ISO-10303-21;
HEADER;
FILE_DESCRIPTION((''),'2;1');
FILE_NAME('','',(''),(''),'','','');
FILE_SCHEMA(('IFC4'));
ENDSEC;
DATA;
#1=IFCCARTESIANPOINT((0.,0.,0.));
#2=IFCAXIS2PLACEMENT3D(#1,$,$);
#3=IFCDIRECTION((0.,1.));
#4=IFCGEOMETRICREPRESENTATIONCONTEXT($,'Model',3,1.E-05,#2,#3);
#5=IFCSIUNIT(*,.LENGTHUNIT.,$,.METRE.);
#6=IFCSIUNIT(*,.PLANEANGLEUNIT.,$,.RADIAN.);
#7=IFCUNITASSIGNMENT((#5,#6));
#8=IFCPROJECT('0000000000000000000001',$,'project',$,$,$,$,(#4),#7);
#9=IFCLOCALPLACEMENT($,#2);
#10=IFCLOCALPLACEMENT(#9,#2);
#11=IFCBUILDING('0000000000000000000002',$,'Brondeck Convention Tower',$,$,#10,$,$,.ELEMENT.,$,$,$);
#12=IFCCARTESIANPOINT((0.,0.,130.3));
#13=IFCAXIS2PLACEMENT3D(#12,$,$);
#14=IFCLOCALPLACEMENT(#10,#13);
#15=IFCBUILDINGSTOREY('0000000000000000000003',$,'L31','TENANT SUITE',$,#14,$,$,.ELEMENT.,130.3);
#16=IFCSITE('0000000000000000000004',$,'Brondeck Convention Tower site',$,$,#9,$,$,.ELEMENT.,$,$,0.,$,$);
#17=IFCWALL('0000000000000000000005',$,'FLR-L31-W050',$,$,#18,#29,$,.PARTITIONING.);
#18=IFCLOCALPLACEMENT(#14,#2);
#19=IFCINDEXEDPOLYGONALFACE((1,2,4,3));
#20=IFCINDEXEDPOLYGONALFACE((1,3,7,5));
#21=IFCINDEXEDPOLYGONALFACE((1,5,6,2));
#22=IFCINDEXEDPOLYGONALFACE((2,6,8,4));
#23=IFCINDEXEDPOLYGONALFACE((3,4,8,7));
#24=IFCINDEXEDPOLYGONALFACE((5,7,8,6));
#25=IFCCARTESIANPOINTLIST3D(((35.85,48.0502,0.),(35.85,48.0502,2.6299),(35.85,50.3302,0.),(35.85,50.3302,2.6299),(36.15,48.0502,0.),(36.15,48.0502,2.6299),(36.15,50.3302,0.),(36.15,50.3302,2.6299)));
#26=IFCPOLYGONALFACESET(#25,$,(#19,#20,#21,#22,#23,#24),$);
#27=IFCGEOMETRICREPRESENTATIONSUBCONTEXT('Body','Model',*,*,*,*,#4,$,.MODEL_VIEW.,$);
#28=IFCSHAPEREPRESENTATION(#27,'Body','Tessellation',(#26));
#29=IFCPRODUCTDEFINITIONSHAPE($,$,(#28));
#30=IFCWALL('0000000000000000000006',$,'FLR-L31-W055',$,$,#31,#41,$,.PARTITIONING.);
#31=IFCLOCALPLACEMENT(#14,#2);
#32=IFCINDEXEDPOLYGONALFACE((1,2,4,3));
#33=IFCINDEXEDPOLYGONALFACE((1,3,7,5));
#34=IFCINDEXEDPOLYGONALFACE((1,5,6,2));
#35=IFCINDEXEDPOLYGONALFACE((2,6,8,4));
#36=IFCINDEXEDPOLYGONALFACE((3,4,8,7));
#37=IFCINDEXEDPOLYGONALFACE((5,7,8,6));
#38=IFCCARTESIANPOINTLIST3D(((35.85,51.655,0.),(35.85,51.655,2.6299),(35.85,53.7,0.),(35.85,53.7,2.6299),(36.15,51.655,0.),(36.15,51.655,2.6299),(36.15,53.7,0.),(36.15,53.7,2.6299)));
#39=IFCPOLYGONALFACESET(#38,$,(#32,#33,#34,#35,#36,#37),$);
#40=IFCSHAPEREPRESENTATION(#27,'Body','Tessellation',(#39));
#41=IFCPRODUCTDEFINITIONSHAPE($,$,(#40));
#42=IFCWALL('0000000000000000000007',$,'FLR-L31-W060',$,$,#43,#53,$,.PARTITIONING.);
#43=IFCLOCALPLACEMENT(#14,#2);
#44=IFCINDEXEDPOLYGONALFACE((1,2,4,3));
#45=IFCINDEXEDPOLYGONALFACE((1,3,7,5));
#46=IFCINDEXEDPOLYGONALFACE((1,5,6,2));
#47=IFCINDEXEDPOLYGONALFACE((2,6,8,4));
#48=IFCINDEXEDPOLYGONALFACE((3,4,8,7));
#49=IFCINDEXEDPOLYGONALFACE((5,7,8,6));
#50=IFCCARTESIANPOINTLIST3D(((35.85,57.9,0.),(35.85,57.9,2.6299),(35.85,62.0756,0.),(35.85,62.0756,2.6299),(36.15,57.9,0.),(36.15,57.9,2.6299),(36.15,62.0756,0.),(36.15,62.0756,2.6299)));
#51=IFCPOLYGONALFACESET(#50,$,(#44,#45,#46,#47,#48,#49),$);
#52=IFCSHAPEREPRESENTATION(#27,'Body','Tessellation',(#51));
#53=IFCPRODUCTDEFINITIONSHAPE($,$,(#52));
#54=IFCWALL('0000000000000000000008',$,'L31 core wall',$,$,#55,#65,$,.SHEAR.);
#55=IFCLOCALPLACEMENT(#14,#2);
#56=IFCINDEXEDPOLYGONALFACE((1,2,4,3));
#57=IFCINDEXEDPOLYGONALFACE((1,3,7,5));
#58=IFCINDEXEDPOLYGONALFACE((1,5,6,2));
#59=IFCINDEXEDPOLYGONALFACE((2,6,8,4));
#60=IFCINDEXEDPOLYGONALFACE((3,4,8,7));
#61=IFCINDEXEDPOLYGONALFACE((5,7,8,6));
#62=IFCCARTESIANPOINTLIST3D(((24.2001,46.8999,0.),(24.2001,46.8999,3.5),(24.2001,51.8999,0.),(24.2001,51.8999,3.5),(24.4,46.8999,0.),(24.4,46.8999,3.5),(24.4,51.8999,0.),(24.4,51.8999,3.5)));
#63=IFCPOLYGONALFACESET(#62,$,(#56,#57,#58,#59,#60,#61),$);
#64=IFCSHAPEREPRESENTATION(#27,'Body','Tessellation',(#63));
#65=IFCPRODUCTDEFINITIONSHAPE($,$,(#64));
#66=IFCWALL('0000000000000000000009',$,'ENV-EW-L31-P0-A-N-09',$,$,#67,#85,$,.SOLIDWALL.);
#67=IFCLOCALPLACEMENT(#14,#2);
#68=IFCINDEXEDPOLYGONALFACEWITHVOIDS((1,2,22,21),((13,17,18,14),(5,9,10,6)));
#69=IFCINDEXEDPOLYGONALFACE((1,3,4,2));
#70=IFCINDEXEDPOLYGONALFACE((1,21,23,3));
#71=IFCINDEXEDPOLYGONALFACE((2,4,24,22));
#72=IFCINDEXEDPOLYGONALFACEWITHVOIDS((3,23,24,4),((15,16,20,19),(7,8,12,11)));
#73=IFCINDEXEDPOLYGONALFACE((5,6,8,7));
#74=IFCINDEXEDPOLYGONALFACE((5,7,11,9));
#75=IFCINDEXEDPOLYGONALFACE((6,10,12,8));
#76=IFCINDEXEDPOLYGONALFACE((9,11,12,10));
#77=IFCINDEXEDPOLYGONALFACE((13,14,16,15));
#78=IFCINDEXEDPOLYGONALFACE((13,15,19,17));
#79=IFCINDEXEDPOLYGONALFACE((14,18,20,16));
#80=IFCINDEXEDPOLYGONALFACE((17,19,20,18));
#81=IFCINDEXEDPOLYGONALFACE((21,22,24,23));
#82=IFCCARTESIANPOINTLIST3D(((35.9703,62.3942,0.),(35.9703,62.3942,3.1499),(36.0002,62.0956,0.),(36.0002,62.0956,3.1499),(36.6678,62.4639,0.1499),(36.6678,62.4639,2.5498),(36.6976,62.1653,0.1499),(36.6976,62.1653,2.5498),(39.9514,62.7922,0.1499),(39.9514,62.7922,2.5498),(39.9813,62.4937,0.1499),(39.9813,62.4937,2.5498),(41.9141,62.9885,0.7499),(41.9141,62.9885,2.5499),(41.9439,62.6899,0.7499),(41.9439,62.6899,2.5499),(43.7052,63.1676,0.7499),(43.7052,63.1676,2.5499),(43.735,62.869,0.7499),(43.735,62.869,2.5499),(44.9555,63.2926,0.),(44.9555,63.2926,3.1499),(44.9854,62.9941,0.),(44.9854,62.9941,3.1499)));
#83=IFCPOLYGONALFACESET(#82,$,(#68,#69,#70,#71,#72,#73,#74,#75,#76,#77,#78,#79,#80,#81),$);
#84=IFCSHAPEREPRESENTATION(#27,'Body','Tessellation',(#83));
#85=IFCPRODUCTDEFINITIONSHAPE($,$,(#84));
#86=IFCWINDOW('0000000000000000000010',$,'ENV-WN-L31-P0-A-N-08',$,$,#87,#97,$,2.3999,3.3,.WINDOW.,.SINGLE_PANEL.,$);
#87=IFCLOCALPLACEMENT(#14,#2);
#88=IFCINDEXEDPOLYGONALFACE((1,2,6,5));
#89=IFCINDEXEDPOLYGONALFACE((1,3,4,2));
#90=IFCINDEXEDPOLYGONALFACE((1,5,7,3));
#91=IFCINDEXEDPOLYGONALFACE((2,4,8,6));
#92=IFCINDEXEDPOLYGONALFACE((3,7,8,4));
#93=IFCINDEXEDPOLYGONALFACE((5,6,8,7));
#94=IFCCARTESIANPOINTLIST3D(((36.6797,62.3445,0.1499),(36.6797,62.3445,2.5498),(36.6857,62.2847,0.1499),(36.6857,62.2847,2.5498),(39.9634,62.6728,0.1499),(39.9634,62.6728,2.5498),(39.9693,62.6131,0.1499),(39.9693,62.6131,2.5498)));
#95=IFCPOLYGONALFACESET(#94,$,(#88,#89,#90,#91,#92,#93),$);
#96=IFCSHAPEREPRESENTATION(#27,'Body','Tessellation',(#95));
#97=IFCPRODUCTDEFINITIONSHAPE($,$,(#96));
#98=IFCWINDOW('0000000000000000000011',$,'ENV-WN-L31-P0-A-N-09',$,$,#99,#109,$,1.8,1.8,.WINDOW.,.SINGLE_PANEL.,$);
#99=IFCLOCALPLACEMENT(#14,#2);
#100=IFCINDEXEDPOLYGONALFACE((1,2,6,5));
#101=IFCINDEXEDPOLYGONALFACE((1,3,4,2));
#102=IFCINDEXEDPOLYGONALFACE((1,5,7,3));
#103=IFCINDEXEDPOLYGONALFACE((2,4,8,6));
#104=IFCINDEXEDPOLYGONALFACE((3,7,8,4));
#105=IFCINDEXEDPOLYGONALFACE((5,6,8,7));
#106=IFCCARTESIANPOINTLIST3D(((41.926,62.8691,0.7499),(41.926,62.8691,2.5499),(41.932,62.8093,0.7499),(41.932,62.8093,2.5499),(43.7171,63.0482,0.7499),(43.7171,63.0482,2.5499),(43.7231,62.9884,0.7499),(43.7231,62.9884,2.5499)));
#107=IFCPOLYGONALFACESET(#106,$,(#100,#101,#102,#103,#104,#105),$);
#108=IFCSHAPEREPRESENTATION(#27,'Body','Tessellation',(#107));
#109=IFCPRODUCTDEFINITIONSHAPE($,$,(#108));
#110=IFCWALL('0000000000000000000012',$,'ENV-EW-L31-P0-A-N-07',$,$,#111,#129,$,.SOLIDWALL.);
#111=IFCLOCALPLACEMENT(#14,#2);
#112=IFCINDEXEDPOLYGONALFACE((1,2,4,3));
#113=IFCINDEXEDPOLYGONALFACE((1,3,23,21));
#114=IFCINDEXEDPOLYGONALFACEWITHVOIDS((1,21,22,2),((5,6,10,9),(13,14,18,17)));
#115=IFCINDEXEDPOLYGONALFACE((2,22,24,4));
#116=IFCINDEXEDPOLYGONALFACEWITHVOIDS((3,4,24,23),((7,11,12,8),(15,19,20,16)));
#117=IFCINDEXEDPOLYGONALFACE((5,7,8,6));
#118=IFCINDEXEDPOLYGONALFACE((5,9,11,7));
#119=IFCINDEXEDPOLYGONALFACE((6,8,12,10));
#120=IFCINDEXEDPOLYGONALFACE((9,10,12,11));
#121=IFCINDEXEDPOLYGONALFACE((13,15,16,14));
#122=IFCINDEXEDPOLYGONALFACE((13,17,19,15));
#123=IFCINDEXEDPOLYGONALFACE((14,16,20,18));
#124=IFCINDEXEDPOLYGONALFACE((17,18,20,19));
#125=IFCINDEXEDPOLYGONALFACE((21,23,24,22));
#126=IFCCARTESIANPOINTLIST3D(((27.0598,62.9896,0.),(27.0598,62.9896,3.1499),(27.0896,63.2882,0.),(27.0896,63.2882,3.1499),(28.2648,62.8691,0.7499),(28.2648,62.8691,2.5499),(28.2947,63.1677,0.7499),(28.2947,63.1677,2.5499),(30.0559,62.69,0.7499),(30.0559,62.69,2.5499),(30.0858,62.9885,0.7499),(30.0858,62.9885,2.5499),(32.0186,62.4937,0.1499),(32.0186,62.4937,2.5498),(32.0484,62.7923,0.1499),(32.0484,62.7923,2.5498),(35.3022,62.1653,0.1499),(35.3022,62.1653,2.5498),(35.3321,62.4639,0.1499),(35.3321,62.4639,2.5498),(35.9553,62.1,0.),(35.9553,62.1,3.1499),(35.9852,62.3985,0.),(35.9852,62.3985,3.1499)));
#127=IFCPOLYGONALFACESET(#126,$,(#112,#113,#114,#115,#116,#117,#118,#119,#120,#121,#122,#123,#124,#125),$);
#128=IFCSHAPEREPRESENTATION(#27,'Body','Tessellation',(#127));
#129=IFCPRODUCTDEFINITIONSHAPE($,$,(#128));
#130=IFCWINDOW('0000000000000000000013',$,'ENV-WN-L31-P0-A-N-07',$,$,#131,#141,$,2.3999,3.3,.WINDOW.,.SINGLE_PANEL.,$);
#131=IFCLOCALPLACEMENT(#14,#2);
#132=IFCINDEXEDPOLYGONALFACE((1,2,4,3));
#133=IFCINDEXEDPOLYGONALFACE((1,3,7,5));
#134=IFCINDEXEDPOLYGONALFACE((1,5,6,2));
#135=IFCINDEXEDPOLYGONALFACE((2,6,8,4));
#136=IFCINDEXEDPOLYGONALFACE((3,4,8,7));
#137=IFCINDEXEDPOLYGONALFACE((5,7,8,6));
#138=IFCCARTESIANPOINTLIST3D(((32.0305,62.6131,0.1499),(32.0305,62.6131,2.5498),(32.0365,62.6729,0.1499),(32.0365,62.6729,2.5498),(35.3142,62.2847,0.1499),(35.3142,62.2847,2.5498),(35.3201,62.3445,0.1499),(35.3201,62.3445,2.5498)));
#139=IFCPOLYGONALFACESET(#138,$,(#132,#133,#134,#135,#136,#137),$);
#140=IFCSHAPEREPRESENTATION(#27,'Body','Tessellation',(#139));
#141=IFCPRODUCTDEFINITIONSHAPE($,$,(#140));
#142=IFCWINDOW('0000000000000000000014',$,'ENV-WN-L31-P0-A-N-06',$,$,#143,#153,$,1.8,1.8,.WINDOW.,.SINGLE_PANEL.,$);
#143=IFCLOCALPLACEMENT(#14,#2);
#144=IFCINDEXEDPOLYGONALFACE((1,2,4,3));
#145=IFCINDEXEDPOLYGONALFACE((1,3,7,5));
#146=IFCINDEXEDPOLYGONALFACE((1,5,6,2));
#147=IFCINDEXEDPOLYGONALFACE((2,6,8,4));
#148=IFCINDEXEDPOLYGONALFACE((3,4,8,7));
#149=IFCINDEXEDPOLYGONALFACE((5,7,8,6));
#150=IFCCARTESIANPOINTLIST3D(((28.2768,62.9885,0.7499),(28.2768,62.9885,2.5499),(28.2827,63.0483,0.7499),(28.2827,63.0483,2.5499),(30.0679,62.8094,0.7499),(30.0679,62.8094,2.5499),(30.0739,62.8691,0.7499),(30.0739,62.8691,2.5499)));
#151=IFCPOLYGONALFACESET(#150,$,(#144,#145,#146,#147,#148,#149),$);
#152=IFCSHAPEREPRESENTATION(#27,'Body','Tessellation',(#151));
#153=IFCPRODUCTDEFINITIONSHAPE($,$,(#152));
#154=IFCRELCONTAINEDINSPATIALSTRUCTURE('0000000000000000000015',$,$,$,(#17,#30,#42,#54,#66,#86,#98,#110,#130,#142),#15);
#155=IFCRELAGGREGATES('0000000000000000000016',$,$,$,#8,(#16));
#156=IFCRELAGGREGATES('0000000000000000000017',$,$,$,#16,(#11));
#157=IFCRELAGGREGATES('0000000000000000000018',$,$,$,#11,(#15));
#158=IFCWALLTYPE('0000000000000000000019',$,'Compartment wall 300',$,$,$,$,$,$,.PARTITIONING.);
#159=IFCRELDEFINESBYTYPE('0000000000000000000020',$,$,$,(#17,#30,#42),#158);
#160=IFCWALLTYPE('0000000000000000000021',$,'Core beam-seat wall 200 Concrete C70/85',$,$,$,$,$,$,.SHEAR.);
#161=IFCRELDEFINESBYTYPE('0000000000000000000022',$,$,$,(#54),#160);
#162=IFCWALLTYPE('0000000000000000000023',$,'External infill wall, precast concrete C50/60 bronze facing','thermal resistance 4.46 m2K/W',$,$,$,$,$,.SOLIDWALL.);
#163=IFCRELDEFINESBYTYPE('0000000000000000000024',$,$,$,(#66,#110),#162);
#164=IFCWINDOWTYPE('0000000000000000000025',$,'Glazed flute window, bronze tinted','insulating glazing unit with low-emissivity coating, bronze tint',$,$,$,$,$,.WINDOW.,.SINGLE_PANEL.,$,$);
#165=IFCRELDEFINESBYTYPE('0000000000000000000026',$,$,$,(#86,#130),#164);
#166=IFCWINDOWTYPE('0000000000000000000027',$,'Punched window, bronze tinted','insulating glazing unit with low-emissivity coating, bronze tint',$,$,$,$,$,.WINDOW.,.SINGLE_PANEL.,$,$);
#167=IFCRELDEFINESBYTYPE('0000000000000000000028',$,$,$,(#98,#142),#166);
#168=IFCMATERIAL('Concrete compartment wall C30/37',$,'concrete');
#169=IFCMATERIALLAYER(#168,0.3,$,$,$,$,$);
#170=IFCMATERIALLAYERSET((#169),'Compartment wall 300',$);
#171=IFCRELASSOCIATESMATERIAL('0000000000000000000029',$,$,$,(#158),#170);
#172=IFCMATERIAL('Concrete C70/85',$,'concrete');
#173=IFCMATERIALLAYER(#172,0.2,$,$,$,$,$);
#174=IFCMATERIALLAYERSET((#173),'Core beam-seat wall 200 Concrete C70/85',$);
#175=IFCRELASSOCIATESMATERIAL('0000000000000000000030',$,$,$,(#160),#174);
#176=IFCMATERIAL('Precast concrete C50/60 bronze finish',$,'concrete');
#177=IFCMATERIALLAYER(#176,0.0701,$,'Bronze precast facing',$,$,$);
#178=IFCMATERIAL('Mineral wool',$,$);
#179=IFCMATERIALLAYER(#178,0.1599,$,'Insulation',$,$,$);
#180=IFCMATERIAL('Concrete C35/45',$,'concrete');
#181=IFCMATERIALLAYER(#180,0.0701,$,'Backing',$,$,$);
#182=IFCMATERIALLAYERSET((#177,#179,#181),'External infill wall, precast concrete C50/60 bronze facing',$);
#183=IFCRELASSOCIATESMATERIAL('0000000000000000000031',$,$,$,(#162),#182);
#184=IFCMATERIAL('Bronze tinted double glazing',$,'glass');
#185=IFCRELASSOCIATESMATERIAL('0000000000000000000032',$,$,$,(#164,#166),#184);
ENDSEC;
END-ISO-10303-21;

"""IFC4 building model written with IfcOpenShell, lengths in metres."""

from ifc_helpers import new_model, si_unit, direction, frame, frame_2d, origin, place, context, subcontext, project, spatial, rectangle, extrude, material, layer, layer_set, type_object, element, fill, save


model = new_model("IFC4")

# Units and contexts
model_context = context("Model", 3, precision=1e-05, world=origin(), true_north=direction((0.0, 1.0)))
body_context = subcontext(model_context, "Body", "Model", "MODEL_VIEW")
ifc_project = project(units=[si_unit("LENGTHUNIT", "METRE"), si_unit("PLANEANGLEUNIT", "RADIAN")], contexts=[model_context])

# Site, building, storey
site_placement = place(None, origin())
site = spatial("IfcSite", under=ifc_project, at=site_placement, Name="Brondeck Convention Tower site", CompositionType="ELEMENT", RefElevation=0.0)
building_placement = place(site_placement, origin())
building = spatial("IfcBuilding", under=site, at=building_placement, Name="Brondeck Convention Tower", CompositionType="ELEMENT")
storey_placement = place(building_placement, frame((0.0, 0.0, 130.3)))
storey = spatial("IfcBuildingStorey", under=building, at=storey_placement, Name="L31", Description="TENANT SUITE", CompositionType="ELEMENT", Elevation=130.3)

# Shared definitions
ifc_material_1 = material(Name="Concrete C70/85", Category="concrete")

# Walls
ifc_material_2 = material(Name="Concrete compartment wall C30/37", Category="concrete")
ifc_layer_1 = layer(ifc_material_2, 0.3)
ifc_layer_set_1 = layer_set([ifc_layer_1], Name="Compartment wall 300")
wall_type_1 = type_object("IfcWallType", Name="Compartment wall 300", PredefinedType="PARTITIONING", material=ifc_layer_set_1)
wall_1_placement = place(storey_placement, frame((36.0, 48.05, 0.0), z_axis=(0.0, 0.0, 1.0), x_axis=(0.0, 1.0, 0.0)))
element("IfcWall", 1, at=wall_1_placement, inside=storey, type_object=wall_type_1, Name="FLR-L31-W050", PredefinedType="PARTITIONING", context=body_context, shape_type="SweptSolid", body=[
    extrude(rectangle(XDim=2.28, YDim=0.3, at=frame_2d((1.1401, 0.0))), origin(), (0.0, 0.0, 1.0), 2.6299),
])
wall_2_placement = place(storey_placement, frame((36.0, 51.655, 0.0), z_axis=(0.0, 0.0, 1.0), x_axis=(0.0, 1.0, 0.0)))
element("IfcWall", 2, at=wall_2_placement, inside=storey, type_object=wall_type_1, Name="FLR-L31-W055", PredefinedType="PARTITIONING", context=body_context, shape_type="SweptSolid", body=[
    extrude(rectangle(XDim=2.0449, YDim=0.3, at=frame_2d((1.0225, 0.0))), origin(), (0.0, 0.0, 1.0), 2.6299),
])
wall_3_placement = place(storey_placement, frame((36.0, 57.8999, 0.0), z_axis=(0.0, 0.0, 1.0), x_axis=(0.0, 1.0, 0.0)))
element("IfcWall", 3, at=wall_3_placement, inside=storey, type_object=wall_type_1, Name="FLR-L31-W060", PredefinedType="PARTITIONING", context=body_context, shape_type="SweptSolid", body=[
    extrude(rectangle(XDim=4.1755, YDim=0.3, at=frame_2d((2.0879, 0.0))), origin(), (0.0, 0.0, 1.0), 2.6299),
])
ifc_layer_2 = layer(ifc_material_1, 0.2)
ifc_layer_set_2 = layer_set([ifc_layer_2], Name="Core beam-seat wall 200 Concrete C70/85")
wall_type_2 = type_object("IfcWallType", Name="Core beam-seat wall 200 Concrete C70/85", PredefinedType="SHEAR", material=ifc_layer_set_2)
wall_4_placement = place(storey_placement, frame((24.3, 46.8999, 0.0), z_axis=(0.0, 0.0, 1.0), x_axis=(0.0, 1.0, 0.0)))
element("IfcWall", 4, at=wall_4_placement, inside=storey, type_object=wall_type_2, Name="L31 core wall", PredefinedType="SHEAR", context=body_context, shape_type="SweptSolid", body=[
    extrude(rectangle(XDim=5.0, YDim=0.2, at=frame_2d((2.5, 0.0))), origin(), (0.0, 0.0, 1.0), 3.5),
])

# Walls, openings, windows
ifc_material_3 = material(Name="Precast concrete C50/60 bronze finish", Category="concrete")
ifc_layer_3 = layer(ifc_material_3, 0.0701, Name="Bronze precast facing")
ifc_material_4 = material(Name="Mineral wool")
ifc_layer_4 = layer(ifc_material_4, 0.1599, Name="Insulation")
ifc_material_5 = material(Name="Concrete C35/45", Category="concrete")
ifc_layer_5 = layer(ifc_material_5, 0.0701, Name="Backing")
ifc_layer_set_3 = layer_set([ifc_layer_3, ifc_layer_4, ifc_layer_5], Name="External infill wall, precast concrete C50/60 bronze facing")
wall_type_3 = type_object("IfcWallType", Name="External infill wall, precast concrete C50/60 bronze facing", Description="thermal resistance 4.46 m2K/W", PredefinedType="SOLIDWALL", material=ifc_layer_set_3)
wall_5_placement = place(storey_placement, frame((35.9851, 62.2449, 0.0), z_axis=(0.0, 0.0, 1.0), x_axis=(0.995038, 0.099496, 0.0)))
wall_5 = element("IfcWall", 5, at=wall_5_placement, inside=storey, type_object=wall_type_3, Name="ENV-EW-L31-P0-A-N-09", PredefinedType="SOLIDWALL", context=body_context, shape_type="SweptSolid", body=[
    extrude(rectangle(XDim=9.03, YDim=0.3, at=frame_2d((4.5151, 0.0))), origin(), (0.0, 0.0, 1.0), 3.1499),
])
opening_1_placement = place(wall_5_placement, frame((0.7012, 0.0, 0.1499)))
opening_1 = element("IfcOpeningElement", 6, at=opening_1_placement, cuts=wall_5, PredefinedType="OPENING", context=body_context, shape_type="SweptSolid", body=[
    extrude(rectangle(XDim=3.3, YDim=2.3999, at=frame_2d((1.6499, 1.2))), frame((0.0, 0.1599, 0.0), z_axis=(0.0, -1.0, 0.0), x_axis=(1.0, 0.0, 0.0)), (0.0, 0.0, 1.0), 0.3201),
])
opening_2_placement = place(wall_5_placement, frame((5.9736, 0.0, 0.75)))
opening_2 = element("IfcOpeningElement", 7, at=opening_2_placement, cuts=wall_5, PredefinedType="OPENING", context=body_context, shape_type="SweptSolid", body=[
    extrude(rectangle(XDim=1.8, YDim=1.8, at=frame_2d((0.8999, 0.8999))), frame((0.0, 0.1599, 0.0), z_axis=(0.0, -1.0, 0.0), x_axis=(1.0, 0.0, 0.0)), (0.0, 0.0, 1.0), 0.3201),
])
ifc_material_6 = material(Name="Bronze tinted double glazing", Category="glass")
window_type_1 = type_object("IfcWindowType", Name="Glazed flute window, bronze tinted", Description="insulating glazing unit with low-emissivity coating, bronze tint", PartitioningType="SINGLE_PANEL", PredefinedType="WINDOW", material=ifc_material_6)
window_1_placement = place(opening_1_placement, origin())
window_1 = element("IfcWindow", 8, at=window_1_placement, inside=storey, type_object=window_type_1, Name="ENV-WN-L31-P0-A-N-08", OverallHeight=2.3999, OverallWidth=3.3, PartitioningType="SINGLE_PANEL", PredefinedType="WINDOW", context=body_context, shape_type="SweptSolid", body=[
    extrude(rectangle(XDim=3.3, YDim=2.3999, at=frame_2d((1.6499, 1.2))), frame((0.0, 0.03, 0.0), z_axis=(0.0, -1.0, 0.0), x_axis=(1.0, 0.0, 0.0)), (0.0, 0.0, 1.0), 0.0601),
])
fill(opening_1, window_1)
window_type_2 = type_object("IfcWindowType", Name="Punched window, bronze tinted", Description="insulating glazing unit with low-emissivity coating, bronze tint", PartitioningType="SINGLE_PANEL", PredefinedType="WINDOW", material=ifc_material_6)
window_2_placement = place(opening_2_placement, origin())
window_2 = element("IfcWindow", 9, at=window_2_placement, inside=storey, type_object=window_type_2, Name="ENV-WN-L31-P0-A-N-09", OverallHeight=1.8, OverallWidth=1.8, PartitioningType="SINGLE_PANEL", PredefinedType="WINDOW", context=body_context, shape_type="SweptSolid", body=[
    extrude(rectangle(XDim=1.8, YDim=1.8, at=frame_2d((0.8999, 0.8999))), frame((0.0, 0.03, 0.0), z_axis=(0.0, -1.0, 0.0), x_axis=(1.0, 0.0, 0.0)), (0.0, 0.0, 1.0), 0.0601),
])
fill(opening_2, window_2)
wall_6_placement = place(storey_placement, frame((27.0747, 63.1389, 0.0), z_axis=(0.0, 0.0, 1.0), x_axis=(0.995036, -0.099515, 0.0)))
wall_6 = element("IfcWall", 10, at=wall_6_placement, inside=storey, type_object=wall_type_3, Name="ENV-EW-L31-P0-A-N-07", PredefinedType="SOLIDWALL", context=body_context, shape_type="SweptSolid", body=[
    extrude(rectangle(XDim=8.9399, YDim=0.3, at=frame_2d((4.47, 0.0))), origin(), (0.0, 0.0, 1.0), 3.1499),
])
opening_3_placement = place(wall_6_placement, frame((1.2112, 0.0, 0.75)))
opening_3 = element("IfcOpeningElement", 11, at=opening_3_placement, cuts=wall_6, PredefinedType="OPENING", context=body_context, shape_type="SweptSolid", body=[
    extrude(rectangle(XDim=1.8, YDim=1.8, at=frame_2d((0.8999, 0.8999))), frame((0.0, 0.1599, 0.0), z_axis=(0.0, -1.0, 0.0), x_axis=(1.0, 0.0, 0.0)), (0.0, 0.0, 1.0), 0.3201),
])
opening_4_placement = place(wall_6_placement, frame((4.9836, 0.0, 0.1499)))
opening_4 = element("IfcOpeningElement", 12, at=opening_4_placement, cuts=wall_6, PredefinedType="OPENING", context=body_context, shape_type="SweptSolid", body=[
    extrude(rectangle(XDim=3.3, YDim=2.3999, at=frame_2d((1.6499, 1.2))), frame((0.0, 0.1599, 0.0), z_axis=(0.0, -1.0, 0.0), x_axis=(1.0, 0.0, 0.0)), (0.0, 0.0, 1.0), 0.3201),
])
window_3_placement = place(opening_4_placement, origin())
window_3 = element("IfcWindow", 13, at=window_3_placement, inside=storey, type_object=window_type_1, Name="ENV-WN-L31-P0-A-N-07", OverallHeight=2.3999, OverallWidth=3.3, PartitioningType="SINGLE_PANEL", PredefinedType="WINDOW", context=body_context, shape_type="SweptSolid", body=[
    extrude(rectangle(XDim=3.3, YDim=2.3999, at=frame_2d((1.6499, 1.2))), frame((0.0, 0.03, 0.0), z_axis=(0.0, -1.0, 0.0), x_axis=(1.0, 0.0, 0.0)), (0.0, 0.0, 1.0), 0.0601),
])
fill(opening_4, window_3)
window_4_placement = place(opening_3_placement, origin())
window_4 = element("IfcWindow", 14, at=window_4_placement, inside=storey, type_object=window_type_2, Name="ENV-WN-L31-P0-A-N-06", OverallHeight=1.8, OverallWidth=1.8, PartitioningType="SINGLE_PANEL", PredefinedType="WINDOW", context=body_context, shape_type="SweptSolid", body=[
    extrude(rectangle(XDim=1.8, YDim=1.8, at=frame_2d((0.8999, 0.8999))), frame((0.0, 0.03, 0.0), z_axis=(0.0, -1.0, 0.0), x_axis=(1.0, 0.0, 0.0)), (0.0, 0.0, 1.0), 0.0601),
])
fill(opening_3, window_4)

save(model, "model.ifc")
